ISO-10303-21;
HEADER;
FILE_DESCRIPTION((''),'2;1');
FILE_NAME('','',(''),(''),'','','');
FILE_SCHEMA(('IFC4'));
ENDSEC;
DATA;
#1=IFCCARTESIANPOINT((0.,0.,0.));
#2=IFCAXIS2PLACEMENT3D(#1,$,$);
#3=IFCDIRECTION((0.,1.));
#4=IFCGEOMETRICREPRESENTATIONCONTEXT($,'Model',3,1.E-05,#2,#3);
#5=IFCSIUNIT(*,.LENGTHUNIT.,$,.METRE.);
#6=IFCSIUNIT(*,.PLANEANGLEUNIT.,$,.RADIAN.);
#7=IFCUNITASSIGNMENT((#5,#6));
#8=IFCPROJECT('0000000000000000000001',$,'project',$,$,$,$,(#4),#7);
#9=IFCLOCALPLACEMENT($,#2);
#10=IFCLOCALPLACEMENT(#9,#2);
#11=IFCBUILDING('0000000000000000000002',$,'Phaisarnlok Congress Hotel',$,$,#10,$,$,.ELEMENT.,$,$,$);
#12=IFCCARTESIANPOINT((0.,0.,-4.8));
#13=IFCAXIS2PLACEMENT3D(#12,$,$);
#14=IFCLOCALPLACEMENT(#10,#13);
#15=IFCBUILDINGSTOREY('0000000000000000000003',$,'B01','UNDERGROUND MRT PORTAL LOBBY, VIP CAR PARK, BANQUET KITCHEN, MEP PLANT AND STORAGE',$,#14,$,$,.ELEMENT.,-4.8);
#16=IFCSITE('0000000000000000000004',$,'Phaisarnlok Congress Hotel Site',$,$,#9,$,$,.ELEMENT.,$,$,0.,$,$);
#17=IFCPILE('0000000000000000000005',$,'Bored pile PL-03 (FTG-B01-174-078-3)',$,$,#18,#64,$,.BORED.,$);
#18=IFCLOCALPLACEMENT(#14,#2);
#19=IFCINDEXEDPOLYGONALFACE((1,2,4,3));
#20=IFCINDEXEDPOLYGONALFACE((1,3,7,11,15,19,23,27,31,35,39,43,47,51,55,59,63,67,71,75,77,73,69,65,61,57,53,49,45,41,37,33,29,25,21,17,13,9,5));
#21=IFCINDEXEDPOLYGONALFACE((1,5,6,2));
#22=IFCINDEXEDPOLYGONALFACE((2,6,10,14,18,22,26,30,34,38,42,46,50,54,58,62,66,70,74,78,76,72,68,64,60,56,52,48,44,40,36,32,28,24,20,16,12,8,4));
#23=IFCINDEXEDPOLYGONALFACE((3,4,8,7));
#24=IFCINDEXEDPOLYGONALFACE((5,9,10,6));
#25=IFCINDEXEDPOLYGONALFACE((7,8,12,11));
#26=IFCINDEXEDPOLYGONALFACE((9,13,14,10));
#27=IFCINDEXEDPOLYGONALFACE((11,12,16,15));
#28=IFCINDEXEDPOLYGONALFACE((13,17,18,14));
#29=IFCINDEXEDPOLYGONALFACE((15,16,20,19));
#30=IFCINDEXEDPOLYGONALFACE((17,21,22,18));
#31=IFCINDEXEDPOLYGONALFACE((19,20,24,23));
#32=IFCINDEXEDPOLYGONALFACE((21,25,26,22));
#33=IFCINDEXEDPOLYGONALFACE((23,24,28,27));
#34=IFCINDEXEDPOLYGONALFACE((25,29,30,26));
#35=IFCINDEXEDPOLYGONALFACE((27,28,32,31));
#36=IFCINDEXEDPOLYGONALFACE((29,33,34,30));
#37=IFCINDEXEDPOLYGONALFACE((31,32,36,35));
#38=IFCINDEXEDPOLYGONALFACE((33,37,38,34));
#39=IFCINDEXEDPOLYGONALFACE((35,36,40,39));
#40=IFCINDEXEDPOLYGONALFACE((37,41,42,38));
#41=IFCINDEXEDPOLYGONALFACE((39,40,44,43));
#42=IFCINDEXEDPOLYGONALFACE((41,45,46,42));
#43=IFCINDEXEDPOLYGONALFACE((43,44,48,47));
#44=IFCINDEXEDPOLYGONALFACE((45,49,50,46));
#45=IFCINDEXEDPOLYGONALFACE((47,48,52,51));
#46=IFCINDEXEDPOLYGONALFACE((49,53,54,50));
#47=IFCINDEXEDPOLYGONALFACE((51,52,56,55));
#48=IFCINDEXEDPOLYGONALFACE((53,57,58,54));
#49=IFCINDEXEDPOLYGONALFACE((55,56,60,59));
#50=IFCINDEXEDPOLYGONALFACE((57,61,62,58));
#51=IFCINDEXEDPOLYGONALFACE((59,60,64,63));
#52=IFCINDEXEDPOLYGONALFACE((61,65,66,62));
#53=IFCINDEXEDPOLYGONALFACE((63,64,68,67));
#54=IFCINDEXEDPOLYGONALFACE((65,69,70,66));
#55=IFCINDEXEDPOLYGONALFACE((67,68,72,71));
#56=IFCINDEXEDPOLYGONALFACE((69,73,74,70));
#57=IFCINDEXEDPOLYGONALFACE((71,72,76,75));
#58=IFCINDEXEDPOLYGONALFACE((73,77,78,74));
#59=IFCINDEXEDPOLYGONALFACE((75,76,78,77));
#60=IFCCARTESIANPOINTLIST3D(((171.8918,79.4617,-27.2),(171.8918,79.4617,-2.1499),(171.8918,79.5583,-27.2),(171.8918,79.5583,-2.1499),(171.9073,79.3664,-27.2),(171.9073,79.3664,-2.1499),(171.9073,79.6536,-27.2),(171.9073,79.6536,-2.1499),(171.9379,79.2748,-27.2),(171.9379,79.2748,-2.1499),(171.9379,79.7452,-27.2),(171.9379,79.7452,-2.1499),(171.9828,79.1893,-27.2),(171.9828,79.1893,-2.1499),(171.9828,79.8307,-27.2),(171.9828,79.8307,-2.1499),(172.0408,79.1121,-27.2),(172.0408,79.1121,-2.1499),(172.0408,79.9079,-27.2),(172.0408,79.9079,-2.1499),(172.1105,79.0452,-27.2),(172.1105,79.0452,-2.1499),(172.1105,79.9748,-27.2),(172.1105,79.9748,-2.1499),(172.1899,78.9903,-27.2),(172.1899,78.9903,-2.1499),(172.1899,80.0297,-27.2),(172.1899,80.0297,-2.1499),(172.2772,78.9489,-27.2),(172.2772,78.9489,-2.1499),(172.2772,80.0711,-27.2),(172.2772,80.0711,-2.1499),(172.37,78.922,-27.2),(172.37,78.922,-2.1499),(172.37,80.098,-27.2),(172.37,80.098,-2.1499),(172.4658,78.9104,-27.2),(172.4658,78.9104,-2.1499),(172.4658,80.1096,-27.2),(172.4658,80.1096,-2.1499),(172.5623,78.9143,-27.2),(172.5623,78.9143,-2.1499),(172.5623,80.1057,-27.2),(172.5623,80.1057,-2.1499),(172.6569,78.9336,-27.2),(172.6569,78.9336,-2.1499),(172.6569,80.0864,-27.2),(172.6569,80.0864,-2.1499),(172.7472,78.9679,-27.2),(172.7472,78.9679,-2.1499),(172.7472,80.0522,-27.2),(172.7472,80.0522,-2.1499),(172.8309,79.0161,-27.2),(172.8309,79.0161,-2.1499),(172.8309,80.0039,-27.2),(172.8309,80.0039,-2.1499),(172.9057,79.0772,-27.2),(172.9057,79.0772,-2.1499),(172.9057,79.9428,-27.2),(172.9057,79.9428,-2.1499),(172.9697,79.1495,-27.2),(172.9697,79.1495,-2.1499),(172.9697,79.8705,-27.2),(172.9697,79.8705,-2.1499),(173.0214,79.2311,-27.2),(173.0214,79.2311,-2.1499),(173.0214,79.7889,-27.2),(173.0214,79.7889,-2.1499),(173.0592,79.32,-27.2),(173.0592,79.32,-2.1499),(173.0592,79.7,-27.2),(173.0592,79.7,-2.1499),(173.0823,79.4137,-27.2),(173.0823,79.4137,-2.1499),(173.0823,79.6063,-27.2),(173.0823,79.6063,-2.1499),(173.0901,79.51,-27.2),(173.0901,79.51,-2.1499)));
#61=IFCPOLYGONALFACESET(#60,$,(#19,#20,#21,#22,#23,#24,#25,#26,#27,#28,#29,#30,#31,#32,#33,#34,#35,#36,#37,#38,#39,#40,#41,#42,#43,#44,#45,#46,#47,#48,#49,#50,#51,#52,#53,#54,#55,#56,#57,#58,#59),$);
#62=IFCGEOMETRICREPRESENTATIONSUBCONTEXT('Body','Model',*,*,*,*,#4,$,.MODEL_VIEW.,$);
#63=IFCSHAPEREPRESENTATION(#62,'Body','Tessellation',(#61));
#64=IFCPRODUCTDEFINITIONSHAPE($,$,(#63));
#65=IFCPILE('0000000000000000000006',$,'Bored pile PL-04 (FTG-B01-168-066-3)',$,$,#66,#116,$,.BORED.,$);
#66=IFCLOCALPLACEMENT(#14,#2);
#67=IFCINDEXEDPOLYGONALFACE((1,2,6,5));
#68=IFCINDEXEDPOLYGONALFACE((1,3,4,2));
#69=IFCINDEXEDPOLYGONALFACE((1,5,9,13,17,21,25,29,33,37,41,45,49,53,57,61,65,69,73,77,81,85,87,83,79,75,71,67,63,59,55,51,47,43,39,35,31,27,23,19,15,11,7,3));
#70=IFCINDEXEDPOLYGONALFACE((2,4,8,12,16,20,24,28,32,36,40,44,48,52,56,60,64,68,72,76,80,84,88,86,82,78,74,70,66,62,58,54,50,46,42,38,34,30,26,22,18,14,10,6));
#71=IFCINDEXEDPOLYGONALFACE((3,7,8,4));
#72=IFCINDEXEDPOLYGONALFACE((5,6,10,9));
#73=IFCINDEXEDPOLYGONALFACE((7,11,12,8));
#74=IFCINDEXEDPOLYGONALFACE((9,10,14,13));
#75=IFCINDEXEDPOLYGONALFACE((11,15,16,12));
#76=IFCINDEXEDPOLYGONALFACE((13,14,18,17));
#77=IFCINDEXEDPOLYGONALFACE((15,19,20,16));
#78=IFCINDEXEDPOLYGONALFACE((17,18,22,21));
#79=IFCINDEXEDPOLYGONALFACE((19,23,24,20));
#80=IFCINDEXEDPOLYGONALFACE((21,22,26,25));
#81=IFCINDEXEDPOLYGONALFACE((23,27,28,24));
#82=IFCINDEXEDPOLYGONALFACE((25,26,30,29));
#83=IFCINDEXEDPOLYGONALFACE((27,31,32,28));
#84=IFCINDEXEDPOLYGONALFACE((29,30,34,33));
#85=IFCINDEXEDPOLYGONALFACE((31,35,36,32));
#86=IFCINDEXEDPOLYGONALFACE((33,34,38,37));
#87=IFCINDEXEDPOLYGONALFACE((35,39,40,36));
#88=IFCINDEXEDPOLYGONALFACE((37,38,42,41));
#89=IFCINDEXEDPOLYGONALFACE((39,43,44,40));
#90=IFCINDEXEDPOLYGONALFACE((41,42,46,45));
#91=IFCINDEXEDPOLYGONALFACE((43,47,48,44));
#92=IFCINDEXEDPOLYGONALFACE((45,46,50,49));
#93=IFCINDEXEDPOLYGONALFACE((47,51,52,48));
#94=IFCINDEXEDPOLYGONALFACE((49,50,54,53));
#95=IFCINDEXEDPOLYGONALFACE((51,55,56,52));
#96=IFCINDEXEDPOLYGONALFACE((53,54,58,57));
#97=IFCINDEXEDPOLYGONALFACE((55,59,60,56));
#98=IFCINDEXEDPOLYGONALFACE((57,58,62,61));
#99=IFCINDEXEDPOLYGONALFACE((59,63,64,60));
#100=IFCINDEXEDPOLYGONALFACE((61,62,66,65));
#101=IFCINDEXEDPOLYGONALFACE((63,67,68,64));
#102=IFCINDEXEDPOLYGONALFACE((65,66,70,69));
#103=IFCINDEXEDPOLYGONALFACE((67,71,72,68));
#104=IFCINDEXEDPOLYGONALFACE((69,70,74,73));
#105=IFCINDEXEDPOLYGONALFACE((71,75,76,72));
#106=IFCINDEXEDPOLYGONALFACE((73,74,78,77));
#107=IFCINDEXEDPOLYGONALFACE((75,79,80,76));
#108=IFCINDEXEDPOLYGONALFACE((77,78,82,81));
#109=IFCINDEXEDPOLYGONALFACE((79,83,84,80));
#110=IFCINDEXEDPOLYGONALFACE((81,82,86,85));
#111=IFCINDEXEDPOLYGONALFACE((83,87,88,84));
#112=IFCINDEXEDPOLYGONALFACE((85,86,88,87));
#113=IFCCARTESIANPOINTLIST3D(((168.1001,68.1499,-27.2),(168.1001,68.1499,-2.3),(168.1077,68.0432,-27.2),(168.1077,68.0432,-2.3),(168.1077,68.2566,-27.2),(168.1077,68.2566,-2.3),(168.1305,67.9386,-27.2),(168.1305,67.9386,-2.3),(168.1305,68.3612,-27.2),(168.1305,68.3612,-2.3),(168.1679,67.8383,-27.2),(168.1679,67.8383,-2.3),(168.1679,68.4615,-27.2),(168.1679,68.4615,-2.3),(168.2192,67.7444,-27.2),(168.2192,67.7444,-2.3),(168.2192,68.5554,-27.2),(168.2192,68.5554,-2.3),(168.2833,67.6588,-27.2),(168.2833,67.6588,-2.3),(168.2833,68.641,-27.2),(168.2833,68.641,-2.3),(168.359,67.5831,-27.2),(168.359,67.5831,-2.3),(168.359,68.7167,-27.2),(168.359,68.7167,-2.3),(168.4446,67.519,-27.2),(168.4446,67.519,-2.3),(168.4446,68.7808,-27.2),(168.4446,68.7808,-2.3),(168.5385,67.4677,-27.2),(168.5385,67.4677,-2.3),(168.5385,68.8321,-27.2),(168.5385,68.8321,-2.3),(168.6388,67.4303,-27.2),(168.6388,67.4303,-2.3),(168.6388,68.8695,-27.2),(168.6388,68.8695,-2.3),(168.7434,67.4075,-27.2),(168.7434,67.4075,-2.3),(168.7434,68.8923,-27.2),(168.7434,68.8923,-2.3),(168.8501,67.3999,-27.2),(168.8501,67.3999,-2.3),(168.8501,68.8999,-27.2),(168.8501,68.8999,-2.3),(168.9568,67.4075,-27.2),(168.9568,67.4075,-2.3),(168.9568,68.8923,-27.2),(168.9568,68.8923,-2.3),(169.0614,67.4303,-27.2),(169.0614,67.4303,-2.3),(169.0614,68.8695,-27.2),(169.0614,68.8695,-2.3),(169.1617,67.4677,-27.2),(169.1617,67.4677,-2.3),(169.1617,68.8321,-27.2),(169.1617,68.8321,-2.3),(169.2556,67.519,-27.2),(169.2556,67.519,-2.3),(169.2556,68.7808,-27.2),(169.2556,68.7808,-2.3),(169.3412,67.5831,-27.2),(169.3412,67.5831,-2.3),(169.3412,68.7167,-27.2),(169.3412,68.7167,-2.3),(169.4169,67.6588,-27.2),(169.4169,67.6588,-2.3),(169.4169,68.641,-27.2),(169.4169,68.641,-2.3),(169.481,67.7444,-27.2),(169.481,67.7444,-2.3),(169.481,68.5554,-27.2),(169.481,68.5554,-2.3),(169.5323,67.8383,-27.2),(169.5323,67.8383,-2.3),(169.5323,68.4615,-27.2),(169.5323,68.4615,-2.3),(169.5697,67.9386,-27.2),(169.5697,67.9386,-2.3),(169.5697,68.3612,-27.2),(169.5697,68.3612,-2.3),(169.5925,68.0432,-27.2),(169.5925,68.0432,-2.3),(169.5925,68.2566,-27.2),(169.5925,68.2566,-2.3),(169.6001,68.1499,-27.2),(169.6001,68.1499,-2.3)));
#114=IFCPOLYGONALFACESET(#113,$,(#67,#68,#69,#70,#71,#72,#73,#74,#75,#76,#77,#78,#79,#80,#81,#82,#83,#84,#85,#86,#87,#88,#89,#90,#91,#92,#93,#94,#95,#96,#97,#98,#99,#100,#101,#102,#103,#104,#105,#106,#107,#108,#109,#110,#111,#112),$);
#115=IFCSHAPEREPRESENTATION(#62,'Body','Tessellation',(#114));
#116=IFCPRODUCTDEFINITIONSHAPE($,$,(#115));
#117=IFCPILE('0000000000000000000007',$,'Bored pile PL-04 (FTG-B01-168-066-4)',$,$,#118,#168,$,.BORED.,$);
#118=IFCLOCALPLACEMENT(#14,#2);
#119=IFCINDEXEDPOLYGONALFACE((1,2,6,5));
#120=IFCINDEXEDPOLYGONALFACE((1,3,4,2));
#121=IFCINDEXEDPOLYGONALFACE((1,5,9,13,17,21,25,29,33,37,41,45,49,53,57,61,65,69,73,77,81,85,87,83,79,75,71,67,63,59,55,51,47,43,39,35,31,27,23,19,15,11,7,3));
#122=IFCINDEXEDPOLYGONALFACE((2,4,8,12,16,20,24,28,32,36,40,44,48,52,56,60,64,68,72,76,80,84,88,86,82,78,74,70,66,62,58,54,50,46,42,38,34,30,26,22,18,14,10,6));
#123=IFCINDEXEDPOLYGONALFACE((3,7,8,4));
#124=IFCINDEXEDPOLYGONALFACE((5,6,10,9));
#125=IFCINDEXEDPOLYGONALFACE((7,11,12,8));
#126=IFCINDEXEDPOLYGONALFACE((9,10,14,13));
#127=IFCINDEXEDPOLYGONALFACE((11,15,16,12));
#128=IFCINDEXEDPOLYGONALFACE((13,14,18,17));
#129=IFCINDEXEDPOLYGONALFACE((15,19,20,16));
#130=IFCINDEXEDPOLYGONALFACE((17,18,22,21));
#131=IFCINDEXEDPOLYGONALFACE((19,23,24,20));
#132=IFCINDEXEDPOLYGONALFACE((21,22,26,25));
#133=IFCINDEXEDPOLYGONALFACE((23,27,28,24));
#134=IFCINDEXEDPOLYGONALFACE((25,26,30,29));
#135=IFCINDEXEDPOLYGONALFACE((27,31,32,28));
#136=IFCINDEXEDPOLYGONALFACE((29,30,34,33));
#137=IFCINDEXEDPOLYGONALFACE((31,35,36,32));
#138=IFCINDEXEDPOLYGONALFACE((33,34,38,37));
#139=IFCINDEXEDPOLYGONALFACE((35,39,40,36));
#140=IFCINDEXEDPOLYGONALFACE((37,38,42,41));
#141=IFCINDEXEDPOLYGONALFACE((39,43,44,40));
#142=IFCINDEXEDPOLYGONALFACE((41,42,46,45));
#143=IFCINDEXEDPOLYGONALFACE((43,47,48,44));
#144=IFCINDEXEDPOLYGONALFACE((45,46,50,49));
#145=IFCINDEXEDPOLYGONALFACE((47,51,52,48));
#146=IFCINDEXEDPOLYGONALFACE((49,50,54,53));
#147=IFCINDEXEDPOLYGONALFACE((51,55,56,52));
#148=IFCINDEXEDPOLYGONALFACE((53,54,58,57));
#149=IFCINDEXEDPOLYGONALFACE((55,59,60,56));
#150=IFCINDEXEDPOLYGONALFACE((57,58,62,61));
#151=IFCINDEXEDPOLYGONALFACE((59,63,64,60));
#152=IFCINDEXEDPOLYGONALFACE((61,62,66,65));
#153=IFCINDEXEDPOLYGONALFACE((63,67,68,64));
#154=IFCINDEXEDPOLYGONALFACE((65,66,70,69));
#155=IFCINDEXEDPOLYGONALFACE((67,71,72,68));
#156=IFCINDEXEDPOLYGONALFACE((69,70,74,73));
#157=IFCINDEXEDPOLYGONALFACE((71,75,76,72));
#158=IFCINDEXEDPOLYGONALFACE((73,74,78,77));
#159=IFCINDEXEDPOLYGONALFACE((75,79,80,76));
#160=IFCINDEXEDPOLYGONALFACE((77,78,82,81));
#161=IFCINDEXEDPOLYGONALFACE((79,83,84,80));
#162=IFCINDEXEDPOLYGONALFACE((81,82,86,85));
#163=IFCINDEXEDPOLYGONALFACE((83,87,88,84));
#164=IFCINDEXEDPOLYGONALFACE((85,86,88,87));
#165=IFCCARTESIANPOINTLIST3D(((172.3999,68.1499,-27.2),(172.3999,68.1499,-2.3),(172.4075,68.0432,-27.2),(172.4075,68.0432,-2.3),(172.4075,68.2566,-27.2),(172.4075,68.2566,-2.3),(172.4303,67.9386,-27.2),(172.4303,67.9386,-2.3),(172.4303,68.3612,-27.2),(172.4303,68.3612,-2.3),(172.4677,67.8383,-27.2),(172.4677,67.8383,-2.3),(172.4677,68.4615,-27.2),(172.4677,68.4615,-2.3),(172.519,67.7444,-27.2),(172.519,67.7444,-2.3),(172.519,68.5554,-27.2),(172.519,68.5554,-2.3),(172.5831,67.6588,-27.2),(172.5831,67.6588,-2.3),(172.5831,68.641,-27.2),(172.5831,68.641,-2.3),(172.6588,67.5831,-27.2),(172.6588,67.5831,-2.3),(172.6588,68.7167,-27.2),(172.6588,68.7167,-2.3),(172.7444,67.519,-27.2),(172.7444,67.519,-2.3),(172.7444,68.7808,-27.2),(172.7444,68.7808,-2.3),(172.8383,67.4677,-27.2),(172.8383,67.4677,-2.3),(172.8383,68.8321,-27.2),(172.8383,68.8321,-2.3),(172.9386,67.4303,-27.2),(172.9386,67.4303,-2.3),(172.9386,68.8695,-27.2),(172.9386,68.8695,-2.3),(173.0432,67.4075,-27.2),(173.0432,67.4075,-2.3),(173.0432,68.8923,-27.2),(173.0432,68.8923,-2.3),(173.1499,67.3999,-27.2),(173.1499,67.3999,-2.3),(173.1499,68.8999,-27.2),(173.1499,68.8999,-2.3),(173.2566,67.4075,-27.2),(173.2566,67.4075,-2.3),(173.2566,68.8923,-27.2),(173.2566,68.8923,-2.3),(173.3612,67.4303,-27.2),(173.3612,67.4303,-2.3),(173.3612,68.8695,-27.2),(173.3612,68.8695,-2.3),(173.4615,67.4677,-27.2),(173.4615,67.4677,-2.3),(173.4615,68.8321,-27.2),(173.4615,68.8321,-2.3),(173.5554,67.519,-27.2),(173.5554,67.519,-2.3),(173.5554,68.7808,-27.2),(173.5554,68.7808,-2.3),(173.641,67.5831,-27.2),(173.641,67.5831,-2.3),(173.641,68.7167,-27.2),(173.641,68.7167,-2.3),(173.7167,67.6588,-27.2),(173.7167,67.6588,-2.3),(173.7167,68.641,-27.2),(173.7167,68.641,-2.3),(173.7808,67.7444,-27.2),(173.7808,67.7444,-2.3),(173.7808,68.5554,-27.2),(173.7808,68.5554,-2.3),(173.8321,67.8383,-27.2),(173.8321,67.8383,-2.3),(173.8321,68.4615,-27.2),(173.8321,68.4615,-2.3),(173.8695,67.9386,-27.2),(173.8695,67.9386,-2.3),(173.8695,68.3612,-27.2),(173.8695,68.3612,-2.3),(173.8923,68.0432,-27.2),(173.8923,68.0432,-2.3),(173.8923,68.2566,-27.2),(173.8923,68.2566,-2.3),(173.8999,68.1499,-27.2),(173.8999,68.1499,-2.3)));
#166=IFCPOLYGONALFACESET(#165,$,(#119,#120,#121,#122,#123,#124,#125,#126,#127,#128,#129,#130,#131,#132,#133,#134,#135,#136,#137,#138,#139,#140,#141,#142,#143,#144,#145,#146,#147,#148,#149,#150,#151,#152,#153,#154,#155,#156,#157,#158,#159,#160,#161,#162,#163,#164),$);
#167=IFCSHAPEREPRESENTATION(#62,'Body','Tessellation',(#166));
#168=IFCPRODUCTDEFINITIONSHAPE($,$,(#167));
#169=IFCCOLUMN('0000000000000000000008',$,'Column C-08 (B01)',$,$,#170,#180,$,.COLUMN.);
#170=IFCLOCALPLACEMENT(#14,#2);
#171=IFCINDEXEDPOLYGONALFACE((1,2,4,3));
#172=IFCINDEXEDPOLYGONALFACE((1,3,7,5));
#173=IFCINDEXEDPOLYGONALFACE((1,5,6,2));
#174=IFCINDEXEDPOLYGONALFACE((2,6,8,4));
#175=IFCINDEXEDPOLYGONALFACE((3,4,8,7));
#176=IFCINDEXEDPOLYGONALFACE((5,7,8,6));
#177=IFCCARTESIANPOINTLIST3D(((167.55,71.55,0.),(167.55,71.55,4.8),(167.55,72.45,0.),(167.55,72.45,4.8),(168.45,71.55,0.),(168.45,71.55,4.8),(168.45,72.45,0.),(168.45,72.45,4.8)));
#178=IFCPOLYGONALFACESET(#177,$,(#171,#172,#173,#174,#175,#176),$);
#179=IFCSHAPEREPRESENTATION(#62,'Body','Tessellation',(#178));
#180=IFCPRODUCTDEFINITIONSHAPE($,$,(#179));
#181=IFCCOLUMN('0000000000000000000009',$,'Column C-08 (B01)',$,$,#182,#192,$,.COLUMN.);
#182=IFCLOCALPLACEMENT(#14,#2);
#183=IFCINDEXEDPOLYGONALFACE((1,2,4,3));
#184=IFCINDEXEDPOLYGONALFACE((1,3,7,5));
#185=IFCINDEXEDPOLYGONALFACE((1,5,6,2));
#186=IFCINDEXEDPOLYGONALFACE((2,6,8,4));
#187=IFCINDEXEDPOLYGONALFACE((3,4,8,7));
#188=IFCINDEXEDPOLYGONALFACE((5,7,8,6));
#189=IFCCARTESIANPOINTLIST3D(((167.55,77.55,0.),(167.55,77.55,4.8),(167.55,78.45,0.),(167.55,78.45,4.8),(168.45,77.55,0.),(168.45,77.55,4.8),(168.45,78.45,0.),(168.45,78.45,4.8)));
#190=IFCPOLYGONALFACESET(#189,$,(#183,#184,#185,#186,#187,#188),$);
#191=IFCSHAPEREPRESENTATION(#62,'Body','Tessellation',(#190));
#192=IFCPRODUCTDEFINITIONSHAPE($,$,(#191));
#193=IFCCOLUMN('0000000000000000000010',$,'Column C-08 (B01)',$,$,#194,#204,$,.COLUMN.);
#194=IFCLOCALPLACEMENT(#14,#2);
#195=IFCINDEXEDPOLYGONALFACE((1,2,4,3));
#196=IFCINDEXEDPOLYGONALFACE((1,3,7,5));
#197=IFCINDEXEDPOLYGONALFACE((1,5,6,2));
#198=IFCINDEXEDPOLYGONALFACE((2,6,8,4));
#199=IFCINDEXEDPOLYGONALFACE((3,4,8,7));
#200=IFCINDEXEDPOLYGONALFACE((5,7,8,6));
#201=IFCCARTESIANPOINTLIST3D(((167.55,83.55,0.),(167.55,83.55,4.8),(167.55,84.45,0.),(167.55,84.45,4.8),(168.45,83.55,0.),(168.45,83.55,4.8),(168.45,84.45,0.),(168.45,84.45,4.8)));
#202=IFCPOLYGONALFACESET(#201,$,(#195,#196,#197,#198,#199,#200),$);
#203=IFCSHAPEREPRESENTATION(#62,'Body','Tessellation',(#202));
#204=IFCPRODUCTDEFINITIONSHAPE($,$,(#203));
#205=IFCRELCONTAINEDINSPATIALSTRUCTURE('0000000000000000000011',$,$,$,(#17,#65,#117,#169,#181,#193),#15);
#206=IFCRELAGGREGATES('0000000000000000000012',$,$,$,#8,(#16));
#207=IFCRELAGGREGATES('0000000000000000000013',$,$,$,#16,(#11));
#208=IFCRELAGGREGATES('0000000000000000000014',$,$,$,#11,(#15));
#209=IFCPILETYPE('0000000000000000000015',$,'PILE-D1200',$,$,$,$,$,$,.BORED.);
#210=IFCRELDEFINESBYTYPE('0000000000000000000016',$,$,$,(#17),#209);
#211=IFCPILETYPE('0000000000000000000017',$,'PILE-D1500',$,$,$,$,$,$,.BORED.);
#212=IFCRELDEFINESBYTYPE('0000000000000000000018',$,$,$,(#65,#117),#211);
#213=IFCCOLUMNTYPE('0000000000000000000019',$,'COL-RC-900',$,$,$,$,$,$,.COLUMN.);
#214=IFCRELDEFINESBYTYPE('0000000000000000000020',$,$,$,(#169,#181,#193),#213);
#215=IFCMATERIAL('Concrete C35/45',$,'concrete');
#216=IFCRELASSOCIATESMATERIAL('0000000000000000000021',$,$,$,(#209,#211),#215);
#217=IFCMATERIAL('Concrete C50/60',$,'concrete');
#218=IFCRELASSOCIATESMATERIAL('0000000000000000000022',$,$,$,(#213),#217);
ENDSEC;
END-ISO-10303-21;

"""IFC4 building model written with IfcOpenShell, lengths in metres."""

from ifc_helpers import new_model, si_unit, direction, frame, origin, origin_2d, place, context, subcontext, project, spatial, rectangle, circle, extrude, material, material_profile, profile_set, type_object, element, save


model = new_model("IFC4")

# Units and contexts
model_context = context("Model", 3, precision=1e-05, world=origin(), true_north=direction((0.0, 1.0)))
body_context = subcontext(model_context, "Body", "Model", "MODEL_VIEW")
ifc_project = project(units=[si_unit("LENGTHUNIT", "METRE"), si_unit("PLANEANGLEUNIT", "RADIAN")], contexts=[model_context])

# Site, building, storey
site_placement = place(None, origin())
site = spatial("IfcSite", under=ifc_project, at=site_placement, Name="Phaisarnlok Congress Hotel Site", CompositionType="ELEMENT", RefElevation=0.0)
building_placement = place(site_placement, origin())
building = spatial("IfcBuilding", under=site, at=building_placement, Name="Phaisarnlok Congress Hotel", CompositionType="ELEMENT")
storey_placement = place(building_placement, frame((0.0, 0.0, -4.8)))
storey = spatial("IfcBuildingStorey", under=building, at=storey_placement, Name="B01", Description="UNDERGROUND MRT PORTAL LOBBY, VIP CAR PARK, BANQUET KITCHEN, MEP PLANT AND STORAGE", CompositionType="ELEMENT", Elevation=-4.8)

# Piles
ifc_material_1 = material(Name="Concrete C35/45", Category="concrete")
ifc_material_profile_1 = material_profile(ifc_material_1, circle(Radius=0.6001, at=origin_2d()), Name="BORED PILE D1200")
ifc_profile_set_1 = profile_set([ifc_material_profile_1], Name="Concrete C35/45")
pile_type_1 = type_object("IfcPileType", Name="PILE-D1200", PredefinedType="BORED", material=ifc_profile_set_1)
for number, where, z_axis, x_axis, name in (
    (1, (172.49, 79.51, -2.1499), (0.0, 0.0, -1.0), (1.0, 0.0, 0.0), "Bored pile PL-03 (FTG-B01-174-078-3)"),
):
    element("IfcPile", number, at=place(storey_placement, frame(where, z_axis=z_axis, x_axis=x_axis)), inside=storey, type_object=pile_type_1, Name=name, PredefinedType="BORED", context=body_context, shape_type="SweptSolid", body=[
        extrude(circle(Radius=0.6001, at=origin_2d()), origin(), (0.0, 0.0, 1.0), 25.05),
    ])
ifc_material_profile_2 = material_profile(ifc_material_1, circle(Radius=0.75, at=origin_2d()), Name="BORED PILE D1500")
ifc_profile_set_2 = profile_set([ifc_material_profile_2], Name="Concrete C35/45")
pile_type_2 = type_object("IfcPileType", Name="PILE-D1500", PredefinedType="BORED", material=ifc_profile_set_2)
for number, where, z_axis, x_axis, name in (
    (2, (168.8501, 68.1499, -2.3), (0.0, 0.0, -1.0), (1.0, 0.0, 0.0), "Bored pile PL-04 (FTG-B01-168-066-3)"),
    (3, (173.1499, 68.1499, -2.3), (0.0, 0.0, -1.0), (1.0, 0.0, 0.0), "Bored pile PL-04 (FTG-B01-168-066-4)"),
):
    element("IfcPile", number, at=place(storey_placement, frame(where, z_axis=z_axis, x_axis=x_axis)), inside=storey, type_object=pile_type_2, Name=name, PredefinedType="BORED", context=body_context, shape_type="SweptSolid", body=[
        extrude(circle(Radius=0.75, at=origin_2d()), origin(), (0.0, 0.0, 1.0), 24.8999),
    ])

# Columns
ifc_material_2 = material(Name="Concrete C50/60", Category="concrete")
ifc_material_profile_3 = material_profile(ifc_material_2, rectangle(XDim=0.8999, YDim=0.8999, at=origin_2d()), Name="RC 900x900")
ifc_profile_set_3 = profile_set([ifc_material_profile_3], Name="Concrete C50/60")
column_type = type_object("IfcColumnType", Name="COL-RC-900", PredefinedType="COLUMN", material=ifc_profile_set_3)
for number, where, z_axis, x_axis, name in (
    (4, (168.0, 72.0, 0.0), (0.0, 0.0, 1.0), (1.0, 0.0, 0.0), "Column C-08 (B01)"),
    (5, (168.0, 78.0, 0.0), (0.0, 0.0, 1.0), (1.0, 0.0, 0.0), "Column C-08 (B01)"),
    (6, (168.0, 84.0, 0.0), (0.0, 0.0, 1.0), (1.0, 0.0, 0.0), "Column C-08 (B01)"),
):
    element("IfcColumn", number, at=place(storey_placement, frame(where, z_axis=z_axis, x_axis=x_axis)), inside=storey, type_object=column_type, Name=name, PredefinedType="COLUMN", context=body_context, shape_type="SweptSolid", body=[
        extrude(rectangle(XDim=0.8999, YDim=0.8999, at=origin_2d()), origin(), (0.0, 0.0, 1.0), 4.8),
    ])

save(model, "model.ifc")
